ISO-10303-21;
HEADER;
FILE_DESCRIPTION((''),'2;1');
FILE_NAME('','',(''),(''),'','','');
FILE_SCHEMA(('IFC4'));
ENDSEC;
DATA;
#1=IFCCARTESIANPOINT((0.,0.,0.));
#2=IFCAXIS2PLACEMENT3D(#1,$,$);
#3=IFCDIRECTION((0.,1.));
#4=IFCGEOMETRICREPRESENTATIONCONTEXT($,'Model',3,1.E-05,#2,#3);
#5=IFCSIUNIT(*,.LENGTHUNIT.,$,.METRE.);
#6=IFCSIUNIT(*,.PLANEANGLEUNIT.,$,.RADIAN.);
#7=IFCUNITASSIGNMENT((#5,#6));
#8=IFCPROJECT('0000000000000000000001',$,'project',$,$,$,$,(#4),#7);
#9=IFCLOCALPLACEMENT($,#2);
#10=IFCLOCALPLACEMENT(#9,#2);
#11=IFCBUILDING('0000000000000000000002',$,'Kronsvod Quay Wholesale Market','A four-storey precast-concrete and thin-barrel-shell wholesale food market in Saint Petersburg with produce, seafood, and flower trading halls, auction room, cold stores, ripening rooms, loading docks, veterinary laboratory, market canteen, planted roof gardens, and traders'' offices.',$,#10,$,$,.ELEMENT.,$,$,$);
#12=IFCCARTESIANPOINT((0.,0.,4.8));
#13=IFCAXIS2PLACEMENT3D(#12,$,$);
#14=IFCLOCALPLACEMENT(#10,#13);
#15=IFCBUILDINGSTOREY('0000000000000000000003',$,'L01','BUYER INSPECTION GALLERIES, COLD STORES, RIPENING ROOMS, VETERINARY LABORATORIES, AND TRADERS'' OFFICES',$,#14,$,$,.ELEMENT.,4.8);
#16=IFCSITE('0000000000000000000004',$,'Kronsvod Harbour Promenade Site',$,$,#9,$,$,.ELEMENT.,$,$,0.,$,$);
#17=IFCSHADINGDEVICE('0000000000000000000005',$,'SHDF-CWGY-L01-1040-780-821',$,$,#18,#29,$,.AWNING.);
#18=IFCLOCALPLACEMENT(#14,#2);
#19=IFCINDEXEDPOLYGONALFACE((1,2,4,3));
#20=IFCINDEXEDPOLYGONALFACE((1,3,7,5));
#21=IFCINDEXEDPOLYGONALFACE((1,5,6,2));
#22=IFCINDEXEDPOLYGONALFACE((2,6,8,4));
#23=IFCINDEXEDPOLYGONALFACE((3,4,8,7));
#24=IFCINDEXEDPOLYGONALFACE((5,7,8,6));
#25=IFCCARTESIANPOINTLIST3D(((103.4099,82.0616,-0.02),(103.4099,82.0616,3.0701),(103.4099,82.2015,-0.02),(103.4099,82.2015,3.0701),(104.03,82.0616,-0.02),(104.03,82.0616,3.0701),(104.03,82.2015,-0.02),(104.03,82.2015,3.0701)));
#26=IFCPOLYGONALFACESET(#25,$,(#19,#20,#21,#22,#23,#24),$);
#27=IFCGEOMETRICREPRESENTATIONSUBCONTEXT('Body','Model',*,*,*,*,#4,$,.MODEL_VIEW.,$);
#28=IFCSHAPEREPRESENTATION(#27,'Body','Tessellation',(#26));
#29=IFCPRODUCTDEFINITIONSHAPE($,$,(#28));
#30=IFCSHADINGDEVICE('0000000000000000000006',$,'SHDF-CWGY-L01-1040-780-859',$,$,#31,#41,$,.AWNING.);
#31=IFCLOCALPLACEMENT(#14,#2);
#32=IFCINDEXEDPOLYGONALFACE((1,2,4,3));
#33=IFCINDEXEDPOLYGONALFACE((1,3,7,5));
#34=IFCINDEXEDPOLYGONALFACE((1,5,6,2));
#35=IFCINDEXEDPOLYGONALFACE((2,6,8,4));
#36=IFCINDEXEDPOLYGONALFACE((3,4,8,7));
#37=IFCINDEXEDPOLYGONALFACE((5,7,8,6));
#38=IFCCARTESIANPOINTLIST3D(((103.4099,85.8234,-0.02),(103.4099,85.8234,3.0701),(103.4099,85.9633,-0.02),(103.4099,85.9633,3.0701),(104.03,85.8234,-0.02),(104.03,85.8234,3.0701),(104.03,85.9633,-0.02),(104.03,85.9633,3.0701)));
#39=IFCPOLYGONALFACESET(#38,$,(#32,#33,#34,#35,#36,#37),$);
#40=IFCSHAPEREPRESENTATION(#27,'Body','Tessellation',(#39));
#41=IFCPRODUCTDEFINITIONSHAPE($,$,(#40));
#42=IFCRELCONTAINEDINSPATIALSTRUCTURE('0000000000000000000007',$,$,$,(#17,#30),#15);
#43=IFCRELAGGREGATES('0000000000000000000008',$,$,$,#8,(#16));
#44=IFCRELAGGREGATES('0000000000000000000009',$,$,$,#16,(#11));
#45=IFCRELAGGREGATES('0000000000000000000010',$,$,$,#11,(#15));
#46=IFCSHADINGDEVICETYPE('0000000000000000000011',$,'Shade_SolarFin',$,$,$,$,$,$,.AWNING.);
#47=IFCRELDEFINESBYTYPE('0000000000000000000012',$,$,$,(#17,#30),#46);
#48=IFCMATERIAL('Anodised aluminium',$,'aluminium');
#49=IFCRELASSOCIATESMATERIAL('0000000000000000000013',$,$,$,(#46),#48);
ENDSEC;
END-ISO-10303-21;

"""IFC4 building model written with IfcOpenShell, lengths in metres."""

from ifc_helpers import new_model, si_unit, direction, frame, origin, origin_2d, place, context, subcontext, project, spatial, rectangle, extrude, material, type_object, element, save


model = new_model("IFC4")

# Units and contexts
model_context = context("Model", 3, precision=1e-05, world=origin(), true_north=direction((0.0, 1.0)))
body_context = subcontext(model_context, "Body", "Model", "MODEL_VIEW")
ifc_project = project(units=[si_unit("LENGTHUNIT", "METRE"), si_unit("PLANEANGLEUNIT", "RADIAN")], contexts=[model_context])

# Site, building, storey
site_placement = place(None, origin())
site = spatial("IfcSite", under=ifc_project, at=site_placement, Name="Kronsvod Harbour Promenade Site", CompositionType="ELEMENT", RefElevation=0.0)
building_placement = place(site_placement, origin())
building = spatial("IfcBuilding", under=site, at=building_placement, Name="Kronsvod Quay Wholesale Market", Description="A four-storey precast-concrete and thin-barrel-shell wholesale food market in Saint Petersburg with produce, seafood, and flower trading halls, auction room, cold stores, ripening rooms, loading docks, veterinary laboratory, market canteen, planted roof gardens, and traders' offices.", CompositionType="ELEMENT")
storey_placement = place(building_placement, frame((0.0, 0.0, 4.8)))
storey = spatial("IfcBuildingStorey", under=building, at=storey_placement, Name="L01", Description="BUYER INSPECTION GALLERIES, COLD STORES, RIPENING ROOMS, VETERINARY LABORATORIES, AND TRADERS' OFFICES", CompositionType="ELEMENT", Elevation=4.8)

# Shading devices
ifc_material_1 = material(Name="Anodised aluminium", Category="aluminium")
shading_device_type = type_object("IfcShadingDeviceType", Name="Shade_SolarFin", PredefinedType="AWNING", material=ifc_material_1)
for number, where, z_axis, x_axis, name in (
    (1, (103.72, 82.1316, -0.02), (0.0, 0.0, 1.0), (1.0, 0.0, 0.0), "SHDF-CWGY-L01-1040-780-821"),
    (2, (103.72, 85.8933, -0.02), (0.0, 0.0, 1.0), (1.0, 0.0, 0.0), "SHDF-CWGY-L01-1040-780-859"),
):
    element("IfcShadingDevice", number, at=place(storey_placement, frame(where, z_axis=z_axis, x_axis=x_axis)), inside=storey, type_object=shading_device_type, Name=name, PredefinedType="AWNING", context=body_context, shape_type="SweptSolid", body=[
        extrude(rectangle(XDim=0.6201, YDim=0.1399, at=origin_2d()), origin(), (0.0, 0.0, 1.0), 3.0901),
    ])

save(model, "model.ifc")
